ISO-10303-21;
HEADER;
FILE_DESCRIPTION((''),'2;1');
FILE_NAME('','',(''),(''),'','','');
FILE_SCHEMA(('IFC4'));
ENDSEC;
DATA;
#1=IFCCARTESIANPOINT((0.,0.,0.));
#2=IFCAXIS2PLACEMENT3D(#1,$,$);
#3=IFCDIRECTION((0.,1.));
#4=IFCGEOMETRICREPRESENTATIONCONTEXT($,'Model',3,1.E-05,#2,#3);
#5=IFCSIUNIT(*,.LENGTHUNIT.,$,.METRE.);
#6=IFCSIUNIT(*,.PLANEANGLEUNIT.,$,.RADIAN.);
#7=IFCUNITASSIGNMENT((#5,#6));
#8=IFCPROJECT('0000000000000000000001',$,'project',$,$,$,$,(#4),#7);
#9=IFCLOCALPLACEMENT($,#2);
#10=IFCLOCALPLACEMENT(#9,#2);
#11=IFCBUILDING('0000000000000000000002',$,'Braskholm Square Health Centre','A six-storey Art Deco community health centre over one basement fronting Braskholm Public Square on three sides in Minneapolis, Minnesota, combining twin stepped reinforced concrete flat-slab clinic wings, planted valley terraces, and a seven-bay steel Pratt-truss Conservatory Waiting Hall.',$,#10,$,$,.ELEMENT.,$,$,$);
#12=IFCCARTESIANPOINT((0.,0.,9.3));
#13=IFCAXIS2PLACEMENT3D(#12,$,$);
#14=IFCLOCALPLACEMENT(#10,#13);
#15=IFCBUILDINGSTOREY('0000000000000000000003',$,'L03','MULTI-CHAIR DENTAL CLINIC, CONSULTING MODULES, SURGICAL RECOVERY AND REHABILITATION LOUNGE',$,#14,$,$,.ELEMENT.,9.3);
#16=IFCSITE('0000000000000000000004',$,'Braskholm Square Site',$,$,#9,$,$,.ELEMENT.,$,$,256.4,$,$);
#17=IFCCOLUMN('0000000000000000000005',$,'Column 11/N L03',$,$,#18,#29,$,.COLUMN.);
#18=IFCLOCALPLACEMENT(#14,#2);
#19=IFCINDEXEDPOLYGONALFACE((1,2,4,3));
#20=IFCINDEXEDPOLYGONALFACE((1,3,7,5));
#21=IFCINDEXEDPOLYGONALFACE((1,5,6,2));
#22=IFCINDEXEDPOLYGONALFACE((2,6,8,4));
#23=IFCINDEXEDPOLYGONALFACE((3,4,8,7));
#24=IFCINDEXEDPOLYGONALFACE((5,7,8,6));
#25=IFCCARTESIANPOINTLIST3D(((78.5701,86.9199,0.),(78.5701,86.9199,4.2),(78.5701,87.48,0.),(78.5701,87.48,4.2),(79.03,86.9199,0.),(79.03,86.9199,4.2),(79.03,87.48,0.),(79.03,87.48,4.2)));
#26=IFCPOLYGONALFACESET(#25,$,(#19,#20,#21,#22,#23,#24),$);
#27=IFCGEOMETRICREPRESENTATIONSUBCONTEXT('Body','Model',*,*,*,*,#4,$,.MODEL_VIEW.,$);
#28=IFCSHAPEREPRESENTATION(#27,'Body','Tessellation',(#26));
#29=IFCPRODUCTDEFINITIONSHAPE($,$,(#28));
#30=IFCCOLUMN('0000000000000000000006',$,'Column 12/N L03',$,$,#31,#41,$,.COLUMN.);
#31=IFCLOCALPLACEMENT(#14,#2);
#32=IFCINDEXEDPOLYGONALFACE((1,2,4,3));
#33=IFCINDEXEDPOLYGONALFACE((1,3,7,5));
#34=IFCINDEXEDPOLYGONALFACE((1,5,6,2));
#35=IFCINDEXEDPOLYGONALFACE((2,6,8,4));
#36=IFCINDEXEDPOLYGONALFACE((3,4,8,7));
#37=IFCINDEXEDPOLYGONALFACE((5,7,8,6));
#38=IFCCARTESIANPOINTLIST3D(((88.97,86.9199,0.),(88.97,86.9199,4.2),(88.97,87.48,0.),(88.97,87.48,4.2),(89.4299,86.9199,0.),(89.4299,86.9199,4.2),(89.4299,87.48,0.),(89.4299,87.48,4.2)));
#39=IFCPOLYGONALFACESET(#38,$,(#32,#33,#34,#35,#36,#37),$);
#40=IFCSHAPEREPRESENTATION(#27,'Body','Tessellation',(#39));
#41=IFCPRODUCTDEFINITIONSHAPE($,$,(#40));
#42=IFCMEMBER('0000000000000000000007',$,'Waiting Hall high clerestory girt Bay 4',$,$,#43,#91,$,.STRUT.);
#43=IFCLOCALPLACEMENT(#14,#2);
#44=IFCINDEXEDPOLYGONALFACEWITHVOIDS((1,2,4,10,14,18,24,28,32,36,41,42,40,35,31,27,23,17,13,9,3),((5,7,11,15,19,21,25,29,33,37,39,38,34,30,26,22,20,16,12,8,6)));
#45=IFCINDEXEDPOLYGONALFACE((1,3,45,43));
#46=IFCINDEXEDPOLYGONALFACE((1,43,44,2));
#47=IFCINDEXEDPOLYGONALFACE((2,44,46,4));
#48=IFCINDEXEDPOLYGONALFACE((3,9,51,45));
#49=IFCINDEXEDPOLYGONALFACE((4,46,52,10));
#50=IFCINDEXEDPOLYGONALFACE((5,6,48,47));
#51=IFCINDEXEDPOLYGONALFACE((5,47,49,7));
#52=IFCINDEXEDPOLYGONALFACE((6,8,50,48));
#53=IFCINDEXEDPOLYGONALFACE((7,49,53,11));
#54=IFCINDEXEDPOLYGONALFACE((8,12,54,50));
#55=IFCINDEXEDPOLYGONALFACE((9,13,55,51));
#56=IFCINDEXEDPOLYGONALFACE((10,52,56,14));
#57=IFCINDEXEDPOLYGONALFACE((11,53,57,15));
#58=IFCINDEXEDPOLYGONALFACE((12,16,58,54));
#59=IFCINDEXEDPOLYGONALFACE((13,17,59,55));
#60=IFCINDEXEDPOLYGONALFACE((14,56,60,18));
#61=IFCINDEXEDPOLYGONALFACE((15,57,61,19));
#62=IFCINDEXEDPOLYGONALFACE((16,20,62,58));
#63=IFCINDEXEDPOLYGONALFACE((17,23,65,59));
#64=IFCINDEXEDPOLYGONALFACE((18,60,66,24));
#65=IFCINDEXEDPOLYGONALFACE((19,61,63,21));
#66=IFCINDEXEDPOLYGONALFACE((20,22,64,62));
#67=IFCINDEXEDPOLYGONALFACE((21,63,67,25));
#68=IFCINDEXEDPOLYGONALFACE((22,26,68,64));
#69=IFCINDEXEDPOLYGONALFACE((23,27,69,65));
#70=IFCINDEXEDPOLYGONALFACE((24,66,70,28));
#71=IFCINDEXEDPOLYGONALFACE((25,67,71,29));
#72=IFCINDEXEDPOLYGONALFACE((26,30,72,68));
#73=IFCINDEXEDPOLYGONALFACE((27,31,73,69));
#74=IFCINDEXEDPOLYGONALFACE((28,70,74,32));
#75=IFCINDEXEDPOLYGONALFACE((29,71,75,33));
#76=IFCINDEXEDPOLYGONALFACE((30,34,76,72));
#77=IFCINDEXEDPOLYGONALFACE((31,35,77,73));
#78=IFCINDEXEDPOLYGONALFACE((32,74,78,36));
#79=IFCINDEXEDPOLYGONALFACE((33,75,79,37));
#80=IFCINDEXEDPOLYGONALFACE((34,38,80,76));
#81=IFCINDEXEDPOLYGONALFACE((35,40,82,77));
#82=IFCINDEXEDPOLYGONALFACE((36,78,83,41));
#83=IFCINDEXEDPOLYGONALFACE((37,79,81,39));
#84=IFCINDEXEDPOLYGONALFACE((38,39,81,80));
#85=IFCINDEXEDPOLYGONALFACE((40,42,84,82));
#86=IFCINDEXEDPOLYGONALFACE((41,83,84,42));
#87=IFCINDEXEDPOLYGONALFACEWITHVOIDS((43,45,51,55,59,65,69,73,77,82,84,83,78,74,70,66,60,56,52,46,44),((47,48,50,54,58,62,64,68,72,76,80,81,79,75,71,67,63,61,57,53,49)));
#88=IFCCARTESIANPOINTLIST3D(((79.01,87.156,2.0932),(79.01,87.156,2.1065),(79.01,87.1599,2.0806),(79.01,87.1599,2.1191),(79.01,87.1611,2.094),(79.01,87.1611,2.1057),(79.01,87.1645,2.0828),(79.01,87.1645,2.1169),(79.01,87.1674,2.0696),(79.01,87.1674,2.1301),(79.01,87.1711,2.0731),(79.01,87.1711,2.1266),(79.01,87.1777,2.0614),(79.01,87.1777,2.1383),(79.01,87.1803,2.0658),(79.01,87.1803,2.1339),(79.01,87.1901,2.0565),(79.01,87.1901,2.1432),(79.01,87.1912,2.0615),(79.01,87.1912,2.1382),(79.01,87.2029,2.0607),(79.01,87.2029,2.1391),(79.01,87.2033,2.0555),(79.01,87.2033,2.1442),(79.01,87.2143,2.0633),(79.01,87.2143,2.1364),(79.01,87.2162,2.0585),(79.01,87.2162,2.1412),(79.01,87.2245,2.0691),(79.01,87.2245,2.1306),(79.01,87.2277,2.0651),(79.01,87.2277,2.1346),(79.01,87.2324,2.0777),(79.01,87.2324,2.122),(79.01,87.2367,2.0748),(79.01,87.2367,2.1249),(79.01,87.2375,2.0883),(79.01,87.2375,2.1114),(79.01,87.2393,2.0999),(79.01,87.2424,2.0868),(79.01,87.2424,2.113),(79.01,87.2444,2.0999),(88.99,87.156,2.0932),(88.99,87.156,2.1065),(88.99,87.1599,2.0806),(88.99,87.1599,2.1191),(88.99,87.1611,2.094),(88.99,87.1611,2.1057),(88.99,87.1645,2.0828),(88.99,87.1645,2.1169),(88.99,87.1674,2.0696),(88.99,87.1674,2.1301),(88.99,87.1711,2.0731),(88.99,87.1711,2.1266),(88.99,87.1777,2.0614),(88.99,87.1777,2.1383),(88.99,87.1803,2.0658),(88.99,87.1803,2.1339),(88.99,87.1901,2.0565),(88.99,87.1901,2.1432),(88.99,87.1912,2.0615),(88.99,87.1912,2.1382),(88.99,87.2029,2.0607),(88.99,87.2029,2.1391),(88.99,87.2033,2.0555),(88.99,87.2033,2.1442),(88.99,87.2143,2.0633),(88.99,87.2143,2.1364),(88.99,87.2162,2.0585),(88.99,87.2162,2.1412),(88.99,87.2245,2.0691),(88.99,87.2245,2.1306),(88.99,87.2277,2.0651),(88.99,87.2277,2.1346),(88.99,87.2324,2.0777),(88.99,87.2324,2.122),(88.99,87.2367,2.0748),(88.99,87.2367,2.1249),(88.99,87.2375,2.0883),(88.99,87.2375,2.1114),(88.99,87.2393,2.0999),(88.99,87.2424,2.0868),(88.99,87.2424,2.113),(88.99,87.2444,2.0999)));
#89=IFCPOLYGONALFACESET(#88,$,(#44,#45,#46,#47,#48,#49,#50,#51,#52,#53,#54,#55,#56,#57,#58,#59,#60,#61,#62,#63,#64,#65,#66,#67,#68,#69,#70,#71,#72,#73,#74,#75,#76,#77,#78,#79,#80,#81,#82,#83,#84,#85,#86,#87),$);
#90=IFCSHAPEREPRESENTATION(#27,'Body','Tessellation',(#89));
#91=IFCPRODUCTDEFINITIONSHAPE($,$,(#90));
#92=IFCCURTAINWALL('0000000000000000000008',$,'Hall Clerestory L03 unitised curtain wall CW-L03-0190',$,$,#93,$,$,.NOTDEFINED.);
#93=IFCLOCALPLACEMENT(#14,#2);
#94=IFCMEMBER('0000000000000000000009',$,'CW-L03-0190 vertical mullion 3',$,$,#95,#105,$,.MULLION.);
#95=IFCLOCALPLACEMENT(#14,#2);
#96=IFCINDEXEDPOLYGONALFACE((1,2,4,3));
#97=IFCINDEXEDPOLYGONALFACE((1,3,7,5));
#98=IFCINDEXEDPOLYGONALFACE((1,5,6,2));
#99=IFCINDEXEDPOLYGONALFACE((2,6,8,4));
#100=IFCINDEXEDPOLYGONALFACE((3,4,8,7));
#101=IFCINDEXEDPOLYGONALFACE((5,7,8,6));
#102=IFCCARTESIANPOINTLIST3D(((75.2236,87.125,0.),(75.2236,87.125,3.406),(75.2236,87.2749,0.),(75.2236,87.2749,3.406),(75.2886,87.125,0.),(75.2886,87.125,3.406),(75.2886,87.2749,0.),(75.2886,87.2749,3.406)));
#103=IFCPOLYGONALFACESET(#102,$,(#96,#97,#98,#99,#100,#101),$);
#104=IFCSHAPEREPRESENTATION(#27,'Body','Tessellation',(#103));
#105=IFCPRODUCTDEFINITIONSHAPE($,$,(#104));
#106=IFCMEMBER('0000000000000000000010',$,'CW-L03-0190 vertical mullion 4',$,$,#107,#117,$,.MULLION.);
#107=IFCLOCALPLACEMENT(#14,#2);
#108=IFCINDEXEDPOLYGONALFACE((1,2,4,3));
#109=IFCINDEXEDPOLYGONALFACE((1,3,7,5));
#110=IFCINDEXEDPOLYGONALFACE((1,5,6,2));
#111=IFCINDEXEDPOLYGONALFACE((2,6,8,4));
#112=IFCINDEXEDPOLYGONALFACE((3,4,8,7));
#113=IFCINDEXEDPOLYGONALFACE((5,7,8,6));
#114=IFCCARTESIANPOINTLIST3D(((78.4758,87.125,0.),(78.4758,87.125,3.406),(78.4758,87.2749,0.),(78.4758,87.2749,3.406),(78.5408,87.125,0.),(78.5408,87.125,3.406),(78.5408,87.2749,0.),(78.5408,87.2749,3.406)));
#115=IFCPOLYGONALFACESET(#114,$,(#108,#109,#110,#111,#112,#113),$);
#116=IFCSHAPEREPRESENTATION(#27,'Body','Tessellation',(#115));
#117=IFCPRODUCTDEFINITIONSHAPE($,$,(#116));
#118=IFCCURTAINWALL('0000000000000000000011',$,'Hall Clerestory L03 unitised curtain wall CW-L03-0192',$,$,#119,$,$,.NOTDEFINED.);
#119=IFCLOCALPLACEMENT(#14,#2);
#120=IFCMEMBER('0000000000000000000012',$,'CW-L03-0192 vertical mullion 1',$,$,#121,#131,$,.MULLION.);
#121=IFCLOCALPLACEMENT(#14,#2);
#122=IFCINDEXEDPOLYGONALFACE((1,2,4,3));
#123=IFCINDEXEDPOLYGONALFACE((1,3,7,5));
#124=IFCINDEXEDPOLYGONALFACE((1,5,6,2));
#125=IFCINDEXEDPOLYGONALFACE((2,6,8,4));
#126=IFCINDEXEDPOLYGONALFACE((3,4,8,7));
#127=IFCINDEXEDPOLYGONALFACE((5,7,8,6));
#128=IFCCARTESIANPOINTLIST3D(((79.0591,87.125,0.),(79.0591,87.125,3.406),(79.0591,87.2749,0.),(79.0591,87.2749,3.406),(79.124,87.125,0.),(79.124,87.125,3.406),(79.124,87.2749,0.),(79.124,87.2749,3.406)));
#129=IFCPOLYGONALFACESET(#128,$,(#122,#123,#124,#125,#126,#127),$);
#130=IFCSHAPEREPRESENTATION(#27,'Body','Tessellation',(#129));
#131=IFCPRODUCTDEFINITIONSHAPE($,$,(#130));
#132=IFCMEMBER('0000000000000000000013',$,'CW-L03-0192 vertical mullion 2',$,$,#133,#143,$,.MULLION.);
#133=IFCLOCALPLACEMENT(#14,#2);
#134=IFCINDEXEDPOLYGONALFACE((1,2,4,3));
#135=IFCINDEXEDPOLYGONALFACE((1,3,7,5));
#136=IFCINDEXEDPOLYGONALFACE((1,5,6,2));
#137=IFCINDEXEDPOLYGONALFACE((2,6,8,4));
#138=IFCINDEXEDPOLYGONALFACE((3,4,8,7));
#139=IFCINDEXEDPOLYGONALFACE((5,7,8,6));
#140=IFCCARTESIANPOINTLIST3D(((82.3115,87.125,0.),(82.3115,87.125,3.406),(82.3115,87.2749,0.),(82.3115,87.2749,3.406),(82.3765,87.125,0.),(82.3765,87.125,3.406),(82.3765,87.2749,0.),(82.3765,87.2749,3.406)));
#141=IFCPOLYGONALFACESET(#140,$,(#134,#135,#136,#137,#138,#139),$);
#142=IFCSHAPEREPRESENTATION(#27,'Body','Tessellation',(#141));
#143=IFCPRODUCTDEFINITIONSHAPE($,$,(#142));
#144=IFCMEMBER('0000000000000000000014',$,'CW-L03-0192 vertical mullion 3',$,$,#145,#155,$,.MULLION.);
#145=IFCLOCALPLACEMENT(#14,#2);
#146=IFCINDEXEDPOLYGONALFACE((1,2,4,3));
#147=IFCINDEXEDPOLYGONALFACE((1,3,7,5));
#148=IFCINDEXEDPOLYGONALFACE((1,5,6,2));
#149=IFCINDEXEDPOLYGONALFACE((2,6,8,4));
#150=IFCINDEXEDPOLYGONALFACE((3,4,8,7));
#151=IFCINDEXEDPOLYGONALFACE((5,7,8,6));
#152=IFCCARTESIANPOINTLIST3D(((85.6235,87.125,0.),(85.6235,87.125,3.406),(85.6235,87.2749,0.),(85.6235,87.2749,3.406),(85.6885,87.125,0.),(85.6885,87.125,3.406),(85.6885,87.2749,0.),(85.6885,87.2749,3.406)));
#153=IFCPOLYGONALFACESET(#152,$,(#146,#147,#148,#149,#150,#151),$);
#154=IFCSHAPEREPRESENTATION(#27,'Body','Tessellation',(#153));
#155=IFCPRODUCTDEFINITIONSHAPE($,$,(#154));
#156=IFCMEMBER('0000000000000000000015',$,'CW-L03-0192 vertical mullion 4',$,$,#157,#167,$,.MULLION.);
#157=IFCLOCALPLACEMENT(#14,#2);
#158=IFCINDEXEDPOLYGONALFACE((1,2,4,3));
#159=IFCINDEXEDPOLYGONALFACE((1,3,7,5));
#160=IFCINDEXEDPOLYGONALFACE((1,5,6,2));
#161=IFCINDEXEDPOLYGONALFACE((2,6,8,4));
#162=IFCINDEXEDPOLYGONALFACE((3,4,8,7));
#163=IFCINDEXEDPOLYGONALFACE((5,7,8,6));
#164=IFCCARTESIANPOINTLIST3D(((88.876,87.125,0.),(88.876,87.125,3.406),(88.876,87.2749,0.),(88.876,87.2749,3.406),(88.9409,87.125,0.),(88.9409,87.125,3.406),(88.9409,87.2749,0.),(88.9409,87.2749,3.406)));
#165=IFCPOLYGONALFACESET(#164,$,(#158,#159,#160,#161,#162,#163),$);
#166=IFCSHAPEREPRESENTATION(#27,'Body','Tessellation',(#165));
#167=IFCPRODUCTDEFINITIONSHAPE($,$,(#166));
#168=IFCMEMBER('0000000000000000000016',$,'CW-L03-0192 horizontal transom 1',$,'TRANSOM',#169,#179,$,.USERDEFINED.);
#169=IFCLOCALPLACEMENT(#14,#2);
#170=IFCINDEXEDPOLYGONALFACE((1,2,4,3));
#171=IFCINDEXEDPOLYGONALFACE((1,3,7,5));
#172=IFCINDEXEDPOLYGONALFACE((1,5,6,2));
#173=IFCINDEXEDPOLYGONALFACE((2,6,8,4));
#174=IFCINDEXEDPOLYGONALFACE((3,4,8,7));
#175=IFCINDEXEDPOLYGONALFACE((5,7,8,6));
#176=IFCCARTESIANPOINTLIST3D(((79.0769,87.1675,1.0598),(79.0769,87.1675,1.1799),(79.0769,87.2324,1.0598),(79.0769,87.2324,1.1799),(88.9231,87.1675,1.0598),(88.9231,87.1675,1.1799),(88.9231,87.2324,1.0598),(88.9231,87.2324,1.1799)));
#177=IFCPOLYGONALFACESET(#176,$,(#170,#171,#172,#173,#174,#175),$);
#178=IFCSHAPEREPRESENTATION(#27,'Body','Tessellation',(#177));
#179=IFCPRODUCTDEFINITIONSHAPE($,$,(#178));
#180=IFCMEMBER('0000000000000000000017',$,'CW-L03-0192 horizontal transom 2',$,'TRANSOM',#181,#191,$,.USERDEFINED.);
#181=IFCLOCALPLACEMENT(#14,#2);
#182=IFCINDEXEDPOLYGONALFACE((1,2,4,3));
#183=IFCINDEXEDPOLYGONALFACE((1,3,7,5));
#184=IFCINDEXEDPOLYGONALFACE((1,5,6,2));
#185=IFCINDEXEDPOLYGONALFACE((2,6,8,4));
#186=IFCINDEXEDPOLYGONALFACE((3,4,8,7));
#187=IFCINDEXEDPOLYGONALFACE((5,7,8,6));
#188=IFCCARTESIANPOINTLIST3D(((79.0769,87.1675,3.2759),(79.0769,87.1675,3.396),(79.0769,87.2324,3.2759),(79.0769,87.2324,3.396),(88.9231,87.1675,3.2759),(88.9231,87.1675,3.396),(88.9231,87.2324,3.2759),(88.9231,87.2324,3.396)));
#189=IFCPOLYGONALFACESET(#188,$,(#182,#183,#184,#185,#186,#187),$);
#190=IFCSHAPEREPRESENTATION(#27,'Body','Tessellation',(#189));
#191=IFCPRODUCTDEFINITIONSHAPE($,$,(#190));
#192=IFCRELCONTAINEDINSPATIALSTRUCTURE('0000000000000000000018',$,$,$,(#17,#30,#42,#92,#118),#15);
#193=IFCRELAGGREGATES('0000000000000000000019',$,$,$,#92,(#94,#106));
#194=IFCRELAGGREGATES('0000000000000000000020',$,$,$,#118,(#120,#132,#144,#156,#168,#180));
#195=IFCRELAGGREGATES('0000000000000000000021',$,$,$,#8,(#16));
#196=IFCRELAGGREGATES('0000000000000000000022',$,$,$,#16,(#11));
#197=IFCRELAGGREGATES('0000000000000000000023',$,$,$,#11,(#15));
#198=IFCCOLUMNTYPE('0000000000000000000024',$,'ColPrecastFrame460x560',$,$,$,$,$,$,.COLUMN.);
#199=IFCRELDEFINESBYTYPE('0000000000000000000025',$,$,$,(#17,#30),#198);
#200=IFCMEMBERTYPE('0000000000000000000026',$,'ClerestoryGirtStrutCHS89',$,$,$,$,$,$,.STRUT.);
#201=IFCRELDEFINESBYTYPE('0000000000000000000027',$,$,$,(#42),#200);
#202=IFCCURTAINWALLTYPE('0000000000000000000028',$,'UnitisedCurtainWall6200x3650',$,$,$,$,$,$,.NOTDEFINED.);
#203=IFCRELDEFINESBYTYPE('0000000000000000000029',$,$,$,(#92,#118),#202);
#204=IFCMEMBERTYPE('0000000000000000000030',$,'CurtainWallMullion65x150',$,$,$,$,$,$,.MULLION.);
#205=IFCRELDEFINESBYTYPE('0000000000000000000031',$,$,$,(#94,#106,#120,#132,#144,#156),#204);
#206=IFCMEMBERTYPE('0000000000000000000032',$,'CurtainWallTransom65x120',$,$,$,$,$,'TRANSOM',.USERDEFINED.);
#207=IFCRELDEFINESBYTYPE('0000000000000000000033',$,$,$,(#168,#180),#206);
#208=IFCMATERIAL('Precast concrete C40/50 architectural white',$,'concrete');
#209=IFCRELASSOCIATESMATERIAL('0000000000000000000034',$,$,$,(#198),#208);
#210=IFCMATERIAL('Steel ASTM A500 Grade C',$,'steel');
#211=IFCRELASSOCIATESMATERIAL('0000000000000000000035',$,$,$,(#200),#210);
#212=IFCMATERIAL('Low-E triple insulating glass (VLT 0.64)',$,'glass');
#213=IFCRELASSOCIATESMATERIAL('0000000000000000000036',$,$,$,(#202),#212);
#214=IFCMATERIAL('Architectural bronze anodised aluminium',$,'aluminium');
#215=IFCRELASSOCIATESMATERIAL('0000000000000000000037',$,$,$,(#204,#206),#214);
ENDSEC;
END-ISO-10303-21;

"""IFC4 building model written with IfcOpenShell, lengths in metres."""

from ifc_helpers import new_model, si_unit, direction, frame, origin, origin_2d, place, context, subcontext, project, spatial, rectangle, hollow_circle, extrude, material, material_profile, profile_set, type_object, element, aggregate, save


model = new_model("IFC4")

# Units and contexts
model_context = context("Model", 3, precision=1e-05, world=origin(), true_north=direction((0.0, 1.0)))
body_context = subcontext(model_context, "Body", "Model", "MODEL_VIEW")
ifc_project = project(units=[si_unit("LENGTHUNIT", "METRE"), si_unit("PLANEANGLEUNIT", "RADIAN")], contexts=[model_context])

# Site, building, storey
site_placement = place(None, origin())
site = spatial("IfcSite", under=ifc_project, at=site_placement, Name="Braskholm Square Site", CompositionType="ELEMENT", RefElevation=256.4)
building_placement = place(site_placement, origin())
building = spatial("IfcBuilding", under=site, at=building_placement, Name="Braskholm Square Health Centre", Description="A six-storey Art Deco community health centre over one basement fronting Braskholm Public Square on three sides in Minneapolis, Minnesota, combining twin stepped reinforced concrete flat-slab clinic wings, planted valley terraces, and a seven-bay steel Pratt-truss Conservatory Waiting Hall.", CompositionType="ELEMENT")
storey_placement = place(building_placement, frame((0.0, 0.0, 9.3)))
storey = spatial("IfcBuildingStorey", under=building, at=storey_placement, Name="L03", Description="MULTI-CHAIR DENTAL CLINIC, CONSULTING MODULES, SURGICAL RECOVERY AND REHABILITATION LOUNGE", CompositionType="ELEMENT", Elevation=9.3)

# Columns
ifc_material_1 = material(Name="Precast concrete C40/50 architectural white", Category="concrete")
ifc_material_profile_1 = material_profile(ifc_material_1, rectangle(XDim=0.46, YDim=0.5601, at=origin_2d()), Name="RC-460X560")
ifc_profile_set_1 = profile_set([ifc_material_profile_1], Name="Precast concrete C40/50 architectural white")
column_type = type_object("IfcColumnType", Name="ColPrecastFrame460x560", PredefinedType="COLUMN", material=ifc_profile_set_1)
for number, where, z_axis, x_axis, name in (
    (1, (78.8, 87.2, 0.0), (0.0, 0.0, 1.0), (1.0, 0.0, 0.0), "Column 11/N L03"),
    (2, (89.2, 87.2, 0.0), (0.0, 0.0, 1.0), (1.0, 0.0, 0.0), "Column 12/N L03"),
):
    element("IfcColumn", number, at=place(storey_placement, frame(where, z_axis=z_axis, x_axis=x_axis)), inside=storey, type_object=column_type, Name=name, PredefinedType="COLUMN", context=body_context, shape_type="SweptSolid", body=[
        extrude(rectangle(XDim=0.46, YDim=0.5601, at=origin_2d()), origin(), (0.0, 0.0, 1.0), 4.2),
    ])

# Member
ifc_material_2 = material(Name="Steel ASTM A500 Grade C", Category="steel")
ifc_material_profile_2 = material_profile(ifc_material_2, hollow_circle(Radius=0.0444, WallThickness=0.0051, at=origin_2d()), Name="HSS3.500X0.216")
ifc_profile_set_2 = profile_set([ifc_material_profile_2], Name="Steel ASTM A500 Grade C")
member_type_1 = type_object("IfcMemberType", Name="ClerestoryGirtStrutCHS89", PredefinedType="STRUT", material=ifc_profile_set_2)
member_1_placement = place(storey_placement, frame((79.01, 87.2, 2.0999), z_axis=(1.0, 0.0, 0.0), x_axis=(0.0, 1.0, 0.0)))
element("IfcMember", 3, at=member_1_placement, inside=storey, type_object=member_type_1, Name="Waiting Hall high clerestory girt Bay 4", PredefinedType="STRUT", context=body_context, shape_type="SweptSolid", body=[
    extrude(hollow_circle(Radius=0.0444, WallThickness=0.0051, at=origin_2d()), origin(), (0.0, 0.0, 1.0), 9.98),
])

# Curtain walls, members
ifc_material_3 = material(Name="Low-E triple insulating glass (VLT 0.64)", Category="glass")
curtain_wall_type = type_object("IfcCurtainWallType", Name="UnitisedCurtainWall6200x3650", PredefinedType="NOTDEFINED", material=ifc_material_3)
curtain_wall_1_placement = place(storey_placement, origin())
curtain_wall_1 = element("IfcCurtainWall", 4, at=curtain_wall_1_placement, inside=storey, type_object=curtain_wall_type, Name="Hall Clerestory L03 unitised curtain wall CW-L03-0190", PredefinedType="NOTDEFINED")
ifc_material_4 = material(Name="Architectural bronze anodised aluminium", Category="aluminium")
ifc_material_profile_3 = material_profile(ifc_material_4, rectangle(XDim=0.0649, YDim=0.1499, at=origin_2d()), Name="ALU-65X150")
ifc_profile_set_3 = profile_set([ifc_material_profile_3], Name="Architectural bronze anodised aluminium")
member_type_2 = type_object("IfcMemberType", Name="CurtainWallMullion65x150", PredefinedType="MULLION", material=ifc_profile_set_3)
member_2_placement = place(storey_placement, frame((75.2561, 87.2, 0.0), z_axis=(0.0, 0.0, 1.0), x_axis=(1.0, 0.0, 0.0)))
member_2 = element("IfcMember", 5, at=member_2_placement, type_object=member_type_2, Name="CW-L03-0190 vertical mullion 3", PredefinedType="MULLION", context=body_context, shape_type="SweptSolid", body=[
    extrude(rectangle(XDim=0.0649, YDim=0.1499, at=origin_2d()), origin(), (0.0, 0.0, 1.0), 3.406),
])
member_3_placement = place(storey_placement, frame((78.5083, 87.2, 0.0), z_axis=(0.0, 0.0, 1.0), x_axis=(1.0, 0.0, 0.0)))
member_3 = element("IfcMember", 6, at=member_3_placement, type_object=member_type_2, Name="CW-L03-0190 vertical mullion 4", PredefinedType="MULLION", context=body_context, shape_type="SweptSolid", body=[
    extrude(rectangle(XDim=0.0649, YDim=0.1499, at=origin_2d()), origin(), (0.0, 0.0, 1.0), 3.406),
])
curtain_wall_2_placement = place(storey_placement, origin())
curtain_wall_2 = element("IfcCurtainWall", 7, at=curtain_wall_2_placement, inside=storey, type_object=curtain_wall_type, Name="Hall Clerestory L03 unitised curtain wall CW-L03-0192", PredefinedType="NOTDEFINED")
member_4_placement = place(storey_placement, frame((79.0916, 87.2, 0.0), z_axis=(0.0, 0.0, 1.0), x_axis=(1.0, 0.0, 0.0)))
member_4 = element("IfcMember", 8, at=member_4_placement, type_object=member_type_2, Name="CW-L03-0192 vertical mullion 1", PredefinedType="MULLION", context=body_context, shape_type="SweptSolid", body=[
    extrude(rectangle(XDim=0.0649, YDim=0.1499, at=origin_2d()), origin(), (0.0, 0.0, 1.0), 3.406),
])
member_5_placement = place(storey_placement, frame((82.344, 87.2, 0.0), z_axis=(0.0, 0.0, 1.0), x_axis=(1.0, 0.0, 0.0)))
member_5 = element("IfcMember", 9, at=member_5_placement, type_object=member_type_2, Name="CW-L03-0192 vertical mullion 2", PredefinedType="MULLION", context=body_context, shape_type="SweptSolid", body=[
    extrude(rectangle(XDim=0.0649, YDim=0.1499, at=origin_2d()), origin(), (0.0, 0.0, 1.0), 3.406),
])
member_6_placement = place(storey_placement, frame((85.656, 87.2, 0.0), z_axis=(0.0, 0.0, 1.0), x_axis=(1.0, 0.0, 0.0)))
member_6 = element("IfcMember", 10, at=member_6_placement, type_object=member_type_2, Name="CW-L03-0192 vertical mullion 3", PredefinedType="MULLION", context=body_context, shape_type="SweptSolid", body=[
    extrude(rectangle(XDim=0.0649, YDim=0.1499, at=origin_2d()), origin(), (0.0, 0.0, 1.0), 3.406),
])
member_7_placement = place(storey_placement, frame((88.9084, 87.2, 0.0), z_axis=(0.0, 0.0, 1.0), x_axis=(1.0, 0.0, 0.0)))
member_7 = element("IfcMember", 11, at=member_7_placement, type_object=member_type_2, Name="CW-L03-0192 vertical mullion 4", PredefinedType="MULLION", context=body_context, shape_type="SweptSolid", body=[
    extrude(rectangle(XDim=0.0649, YDim=0.1499, at=origin_2d()), origin(), (0.0, 0.0, 1.0), 3.406),
])
ifc_material_profile_4 = material_profile(ifc_material_4, rectangle(XDim=0.0649, YDim=0.1201, at=origin_2d()), Name="ALU-65X120")
ifc_profile_set_4 = profile_set([ifc_material_profile_4], Name="Architectural bronze anodised aluminium")
member_type_3 = type_object("IfcMemberType", Name="CurtainWallTransom65x120", ElementType="TRANSOM", PredefinedType="USERDEFINED", material=ifc_profile_set_4)
member_8_placement = place(storey_placement, frame((79.0769, 87.2, 1.1199), z_axis=(1.0, 0.0, 0.0), x_axis=(0.0, 1.0, 0.0)))
member_8 = element("IfcMember", 12, at=member_8_placement, type_object=member_type_3, Name="CW-L03-0192 horizontal transom 1", ObjectType="TRANSOM", PredefinedType="USERDEFINED", context=body_context, shape_type="SweptSolid", body=[
    extrude(rectangle(XDim=0.0649, YDim=0.1201, at=origin_2d()), origin(), (0.0, 0.0, 1.0), 9.8462),
])
member_9_placement = place(storey_placement, frame((79.0769, 87.2, 3.3359), z_axis=(1.0, 0.0, 0.0), x_axis=(0.0, 1.0, 0.0)))
member_9 = element("IfcMember", 13, at=member_9_placement, type_object=member_type_3, Name="CW-L03-0192 horizontal transom 2", ObjectType="TRANSOM", PredefinedType="USERDEFINED", context=body_context, shape_type="SweptSolid", body=[
    extrude(rectangle(XDim=0.0649, YDim=0.1201, at=origin_2d()), origin(), (0.0, 0.0, 1.0), 9.8462),
])

aggregate(curtain_wall_1, [member_2, member_3])
aggregate(curtain_wall_2, [member_4, member_5, member_6, member_7, member_8, member_9])

save(model, "model.ifc")
